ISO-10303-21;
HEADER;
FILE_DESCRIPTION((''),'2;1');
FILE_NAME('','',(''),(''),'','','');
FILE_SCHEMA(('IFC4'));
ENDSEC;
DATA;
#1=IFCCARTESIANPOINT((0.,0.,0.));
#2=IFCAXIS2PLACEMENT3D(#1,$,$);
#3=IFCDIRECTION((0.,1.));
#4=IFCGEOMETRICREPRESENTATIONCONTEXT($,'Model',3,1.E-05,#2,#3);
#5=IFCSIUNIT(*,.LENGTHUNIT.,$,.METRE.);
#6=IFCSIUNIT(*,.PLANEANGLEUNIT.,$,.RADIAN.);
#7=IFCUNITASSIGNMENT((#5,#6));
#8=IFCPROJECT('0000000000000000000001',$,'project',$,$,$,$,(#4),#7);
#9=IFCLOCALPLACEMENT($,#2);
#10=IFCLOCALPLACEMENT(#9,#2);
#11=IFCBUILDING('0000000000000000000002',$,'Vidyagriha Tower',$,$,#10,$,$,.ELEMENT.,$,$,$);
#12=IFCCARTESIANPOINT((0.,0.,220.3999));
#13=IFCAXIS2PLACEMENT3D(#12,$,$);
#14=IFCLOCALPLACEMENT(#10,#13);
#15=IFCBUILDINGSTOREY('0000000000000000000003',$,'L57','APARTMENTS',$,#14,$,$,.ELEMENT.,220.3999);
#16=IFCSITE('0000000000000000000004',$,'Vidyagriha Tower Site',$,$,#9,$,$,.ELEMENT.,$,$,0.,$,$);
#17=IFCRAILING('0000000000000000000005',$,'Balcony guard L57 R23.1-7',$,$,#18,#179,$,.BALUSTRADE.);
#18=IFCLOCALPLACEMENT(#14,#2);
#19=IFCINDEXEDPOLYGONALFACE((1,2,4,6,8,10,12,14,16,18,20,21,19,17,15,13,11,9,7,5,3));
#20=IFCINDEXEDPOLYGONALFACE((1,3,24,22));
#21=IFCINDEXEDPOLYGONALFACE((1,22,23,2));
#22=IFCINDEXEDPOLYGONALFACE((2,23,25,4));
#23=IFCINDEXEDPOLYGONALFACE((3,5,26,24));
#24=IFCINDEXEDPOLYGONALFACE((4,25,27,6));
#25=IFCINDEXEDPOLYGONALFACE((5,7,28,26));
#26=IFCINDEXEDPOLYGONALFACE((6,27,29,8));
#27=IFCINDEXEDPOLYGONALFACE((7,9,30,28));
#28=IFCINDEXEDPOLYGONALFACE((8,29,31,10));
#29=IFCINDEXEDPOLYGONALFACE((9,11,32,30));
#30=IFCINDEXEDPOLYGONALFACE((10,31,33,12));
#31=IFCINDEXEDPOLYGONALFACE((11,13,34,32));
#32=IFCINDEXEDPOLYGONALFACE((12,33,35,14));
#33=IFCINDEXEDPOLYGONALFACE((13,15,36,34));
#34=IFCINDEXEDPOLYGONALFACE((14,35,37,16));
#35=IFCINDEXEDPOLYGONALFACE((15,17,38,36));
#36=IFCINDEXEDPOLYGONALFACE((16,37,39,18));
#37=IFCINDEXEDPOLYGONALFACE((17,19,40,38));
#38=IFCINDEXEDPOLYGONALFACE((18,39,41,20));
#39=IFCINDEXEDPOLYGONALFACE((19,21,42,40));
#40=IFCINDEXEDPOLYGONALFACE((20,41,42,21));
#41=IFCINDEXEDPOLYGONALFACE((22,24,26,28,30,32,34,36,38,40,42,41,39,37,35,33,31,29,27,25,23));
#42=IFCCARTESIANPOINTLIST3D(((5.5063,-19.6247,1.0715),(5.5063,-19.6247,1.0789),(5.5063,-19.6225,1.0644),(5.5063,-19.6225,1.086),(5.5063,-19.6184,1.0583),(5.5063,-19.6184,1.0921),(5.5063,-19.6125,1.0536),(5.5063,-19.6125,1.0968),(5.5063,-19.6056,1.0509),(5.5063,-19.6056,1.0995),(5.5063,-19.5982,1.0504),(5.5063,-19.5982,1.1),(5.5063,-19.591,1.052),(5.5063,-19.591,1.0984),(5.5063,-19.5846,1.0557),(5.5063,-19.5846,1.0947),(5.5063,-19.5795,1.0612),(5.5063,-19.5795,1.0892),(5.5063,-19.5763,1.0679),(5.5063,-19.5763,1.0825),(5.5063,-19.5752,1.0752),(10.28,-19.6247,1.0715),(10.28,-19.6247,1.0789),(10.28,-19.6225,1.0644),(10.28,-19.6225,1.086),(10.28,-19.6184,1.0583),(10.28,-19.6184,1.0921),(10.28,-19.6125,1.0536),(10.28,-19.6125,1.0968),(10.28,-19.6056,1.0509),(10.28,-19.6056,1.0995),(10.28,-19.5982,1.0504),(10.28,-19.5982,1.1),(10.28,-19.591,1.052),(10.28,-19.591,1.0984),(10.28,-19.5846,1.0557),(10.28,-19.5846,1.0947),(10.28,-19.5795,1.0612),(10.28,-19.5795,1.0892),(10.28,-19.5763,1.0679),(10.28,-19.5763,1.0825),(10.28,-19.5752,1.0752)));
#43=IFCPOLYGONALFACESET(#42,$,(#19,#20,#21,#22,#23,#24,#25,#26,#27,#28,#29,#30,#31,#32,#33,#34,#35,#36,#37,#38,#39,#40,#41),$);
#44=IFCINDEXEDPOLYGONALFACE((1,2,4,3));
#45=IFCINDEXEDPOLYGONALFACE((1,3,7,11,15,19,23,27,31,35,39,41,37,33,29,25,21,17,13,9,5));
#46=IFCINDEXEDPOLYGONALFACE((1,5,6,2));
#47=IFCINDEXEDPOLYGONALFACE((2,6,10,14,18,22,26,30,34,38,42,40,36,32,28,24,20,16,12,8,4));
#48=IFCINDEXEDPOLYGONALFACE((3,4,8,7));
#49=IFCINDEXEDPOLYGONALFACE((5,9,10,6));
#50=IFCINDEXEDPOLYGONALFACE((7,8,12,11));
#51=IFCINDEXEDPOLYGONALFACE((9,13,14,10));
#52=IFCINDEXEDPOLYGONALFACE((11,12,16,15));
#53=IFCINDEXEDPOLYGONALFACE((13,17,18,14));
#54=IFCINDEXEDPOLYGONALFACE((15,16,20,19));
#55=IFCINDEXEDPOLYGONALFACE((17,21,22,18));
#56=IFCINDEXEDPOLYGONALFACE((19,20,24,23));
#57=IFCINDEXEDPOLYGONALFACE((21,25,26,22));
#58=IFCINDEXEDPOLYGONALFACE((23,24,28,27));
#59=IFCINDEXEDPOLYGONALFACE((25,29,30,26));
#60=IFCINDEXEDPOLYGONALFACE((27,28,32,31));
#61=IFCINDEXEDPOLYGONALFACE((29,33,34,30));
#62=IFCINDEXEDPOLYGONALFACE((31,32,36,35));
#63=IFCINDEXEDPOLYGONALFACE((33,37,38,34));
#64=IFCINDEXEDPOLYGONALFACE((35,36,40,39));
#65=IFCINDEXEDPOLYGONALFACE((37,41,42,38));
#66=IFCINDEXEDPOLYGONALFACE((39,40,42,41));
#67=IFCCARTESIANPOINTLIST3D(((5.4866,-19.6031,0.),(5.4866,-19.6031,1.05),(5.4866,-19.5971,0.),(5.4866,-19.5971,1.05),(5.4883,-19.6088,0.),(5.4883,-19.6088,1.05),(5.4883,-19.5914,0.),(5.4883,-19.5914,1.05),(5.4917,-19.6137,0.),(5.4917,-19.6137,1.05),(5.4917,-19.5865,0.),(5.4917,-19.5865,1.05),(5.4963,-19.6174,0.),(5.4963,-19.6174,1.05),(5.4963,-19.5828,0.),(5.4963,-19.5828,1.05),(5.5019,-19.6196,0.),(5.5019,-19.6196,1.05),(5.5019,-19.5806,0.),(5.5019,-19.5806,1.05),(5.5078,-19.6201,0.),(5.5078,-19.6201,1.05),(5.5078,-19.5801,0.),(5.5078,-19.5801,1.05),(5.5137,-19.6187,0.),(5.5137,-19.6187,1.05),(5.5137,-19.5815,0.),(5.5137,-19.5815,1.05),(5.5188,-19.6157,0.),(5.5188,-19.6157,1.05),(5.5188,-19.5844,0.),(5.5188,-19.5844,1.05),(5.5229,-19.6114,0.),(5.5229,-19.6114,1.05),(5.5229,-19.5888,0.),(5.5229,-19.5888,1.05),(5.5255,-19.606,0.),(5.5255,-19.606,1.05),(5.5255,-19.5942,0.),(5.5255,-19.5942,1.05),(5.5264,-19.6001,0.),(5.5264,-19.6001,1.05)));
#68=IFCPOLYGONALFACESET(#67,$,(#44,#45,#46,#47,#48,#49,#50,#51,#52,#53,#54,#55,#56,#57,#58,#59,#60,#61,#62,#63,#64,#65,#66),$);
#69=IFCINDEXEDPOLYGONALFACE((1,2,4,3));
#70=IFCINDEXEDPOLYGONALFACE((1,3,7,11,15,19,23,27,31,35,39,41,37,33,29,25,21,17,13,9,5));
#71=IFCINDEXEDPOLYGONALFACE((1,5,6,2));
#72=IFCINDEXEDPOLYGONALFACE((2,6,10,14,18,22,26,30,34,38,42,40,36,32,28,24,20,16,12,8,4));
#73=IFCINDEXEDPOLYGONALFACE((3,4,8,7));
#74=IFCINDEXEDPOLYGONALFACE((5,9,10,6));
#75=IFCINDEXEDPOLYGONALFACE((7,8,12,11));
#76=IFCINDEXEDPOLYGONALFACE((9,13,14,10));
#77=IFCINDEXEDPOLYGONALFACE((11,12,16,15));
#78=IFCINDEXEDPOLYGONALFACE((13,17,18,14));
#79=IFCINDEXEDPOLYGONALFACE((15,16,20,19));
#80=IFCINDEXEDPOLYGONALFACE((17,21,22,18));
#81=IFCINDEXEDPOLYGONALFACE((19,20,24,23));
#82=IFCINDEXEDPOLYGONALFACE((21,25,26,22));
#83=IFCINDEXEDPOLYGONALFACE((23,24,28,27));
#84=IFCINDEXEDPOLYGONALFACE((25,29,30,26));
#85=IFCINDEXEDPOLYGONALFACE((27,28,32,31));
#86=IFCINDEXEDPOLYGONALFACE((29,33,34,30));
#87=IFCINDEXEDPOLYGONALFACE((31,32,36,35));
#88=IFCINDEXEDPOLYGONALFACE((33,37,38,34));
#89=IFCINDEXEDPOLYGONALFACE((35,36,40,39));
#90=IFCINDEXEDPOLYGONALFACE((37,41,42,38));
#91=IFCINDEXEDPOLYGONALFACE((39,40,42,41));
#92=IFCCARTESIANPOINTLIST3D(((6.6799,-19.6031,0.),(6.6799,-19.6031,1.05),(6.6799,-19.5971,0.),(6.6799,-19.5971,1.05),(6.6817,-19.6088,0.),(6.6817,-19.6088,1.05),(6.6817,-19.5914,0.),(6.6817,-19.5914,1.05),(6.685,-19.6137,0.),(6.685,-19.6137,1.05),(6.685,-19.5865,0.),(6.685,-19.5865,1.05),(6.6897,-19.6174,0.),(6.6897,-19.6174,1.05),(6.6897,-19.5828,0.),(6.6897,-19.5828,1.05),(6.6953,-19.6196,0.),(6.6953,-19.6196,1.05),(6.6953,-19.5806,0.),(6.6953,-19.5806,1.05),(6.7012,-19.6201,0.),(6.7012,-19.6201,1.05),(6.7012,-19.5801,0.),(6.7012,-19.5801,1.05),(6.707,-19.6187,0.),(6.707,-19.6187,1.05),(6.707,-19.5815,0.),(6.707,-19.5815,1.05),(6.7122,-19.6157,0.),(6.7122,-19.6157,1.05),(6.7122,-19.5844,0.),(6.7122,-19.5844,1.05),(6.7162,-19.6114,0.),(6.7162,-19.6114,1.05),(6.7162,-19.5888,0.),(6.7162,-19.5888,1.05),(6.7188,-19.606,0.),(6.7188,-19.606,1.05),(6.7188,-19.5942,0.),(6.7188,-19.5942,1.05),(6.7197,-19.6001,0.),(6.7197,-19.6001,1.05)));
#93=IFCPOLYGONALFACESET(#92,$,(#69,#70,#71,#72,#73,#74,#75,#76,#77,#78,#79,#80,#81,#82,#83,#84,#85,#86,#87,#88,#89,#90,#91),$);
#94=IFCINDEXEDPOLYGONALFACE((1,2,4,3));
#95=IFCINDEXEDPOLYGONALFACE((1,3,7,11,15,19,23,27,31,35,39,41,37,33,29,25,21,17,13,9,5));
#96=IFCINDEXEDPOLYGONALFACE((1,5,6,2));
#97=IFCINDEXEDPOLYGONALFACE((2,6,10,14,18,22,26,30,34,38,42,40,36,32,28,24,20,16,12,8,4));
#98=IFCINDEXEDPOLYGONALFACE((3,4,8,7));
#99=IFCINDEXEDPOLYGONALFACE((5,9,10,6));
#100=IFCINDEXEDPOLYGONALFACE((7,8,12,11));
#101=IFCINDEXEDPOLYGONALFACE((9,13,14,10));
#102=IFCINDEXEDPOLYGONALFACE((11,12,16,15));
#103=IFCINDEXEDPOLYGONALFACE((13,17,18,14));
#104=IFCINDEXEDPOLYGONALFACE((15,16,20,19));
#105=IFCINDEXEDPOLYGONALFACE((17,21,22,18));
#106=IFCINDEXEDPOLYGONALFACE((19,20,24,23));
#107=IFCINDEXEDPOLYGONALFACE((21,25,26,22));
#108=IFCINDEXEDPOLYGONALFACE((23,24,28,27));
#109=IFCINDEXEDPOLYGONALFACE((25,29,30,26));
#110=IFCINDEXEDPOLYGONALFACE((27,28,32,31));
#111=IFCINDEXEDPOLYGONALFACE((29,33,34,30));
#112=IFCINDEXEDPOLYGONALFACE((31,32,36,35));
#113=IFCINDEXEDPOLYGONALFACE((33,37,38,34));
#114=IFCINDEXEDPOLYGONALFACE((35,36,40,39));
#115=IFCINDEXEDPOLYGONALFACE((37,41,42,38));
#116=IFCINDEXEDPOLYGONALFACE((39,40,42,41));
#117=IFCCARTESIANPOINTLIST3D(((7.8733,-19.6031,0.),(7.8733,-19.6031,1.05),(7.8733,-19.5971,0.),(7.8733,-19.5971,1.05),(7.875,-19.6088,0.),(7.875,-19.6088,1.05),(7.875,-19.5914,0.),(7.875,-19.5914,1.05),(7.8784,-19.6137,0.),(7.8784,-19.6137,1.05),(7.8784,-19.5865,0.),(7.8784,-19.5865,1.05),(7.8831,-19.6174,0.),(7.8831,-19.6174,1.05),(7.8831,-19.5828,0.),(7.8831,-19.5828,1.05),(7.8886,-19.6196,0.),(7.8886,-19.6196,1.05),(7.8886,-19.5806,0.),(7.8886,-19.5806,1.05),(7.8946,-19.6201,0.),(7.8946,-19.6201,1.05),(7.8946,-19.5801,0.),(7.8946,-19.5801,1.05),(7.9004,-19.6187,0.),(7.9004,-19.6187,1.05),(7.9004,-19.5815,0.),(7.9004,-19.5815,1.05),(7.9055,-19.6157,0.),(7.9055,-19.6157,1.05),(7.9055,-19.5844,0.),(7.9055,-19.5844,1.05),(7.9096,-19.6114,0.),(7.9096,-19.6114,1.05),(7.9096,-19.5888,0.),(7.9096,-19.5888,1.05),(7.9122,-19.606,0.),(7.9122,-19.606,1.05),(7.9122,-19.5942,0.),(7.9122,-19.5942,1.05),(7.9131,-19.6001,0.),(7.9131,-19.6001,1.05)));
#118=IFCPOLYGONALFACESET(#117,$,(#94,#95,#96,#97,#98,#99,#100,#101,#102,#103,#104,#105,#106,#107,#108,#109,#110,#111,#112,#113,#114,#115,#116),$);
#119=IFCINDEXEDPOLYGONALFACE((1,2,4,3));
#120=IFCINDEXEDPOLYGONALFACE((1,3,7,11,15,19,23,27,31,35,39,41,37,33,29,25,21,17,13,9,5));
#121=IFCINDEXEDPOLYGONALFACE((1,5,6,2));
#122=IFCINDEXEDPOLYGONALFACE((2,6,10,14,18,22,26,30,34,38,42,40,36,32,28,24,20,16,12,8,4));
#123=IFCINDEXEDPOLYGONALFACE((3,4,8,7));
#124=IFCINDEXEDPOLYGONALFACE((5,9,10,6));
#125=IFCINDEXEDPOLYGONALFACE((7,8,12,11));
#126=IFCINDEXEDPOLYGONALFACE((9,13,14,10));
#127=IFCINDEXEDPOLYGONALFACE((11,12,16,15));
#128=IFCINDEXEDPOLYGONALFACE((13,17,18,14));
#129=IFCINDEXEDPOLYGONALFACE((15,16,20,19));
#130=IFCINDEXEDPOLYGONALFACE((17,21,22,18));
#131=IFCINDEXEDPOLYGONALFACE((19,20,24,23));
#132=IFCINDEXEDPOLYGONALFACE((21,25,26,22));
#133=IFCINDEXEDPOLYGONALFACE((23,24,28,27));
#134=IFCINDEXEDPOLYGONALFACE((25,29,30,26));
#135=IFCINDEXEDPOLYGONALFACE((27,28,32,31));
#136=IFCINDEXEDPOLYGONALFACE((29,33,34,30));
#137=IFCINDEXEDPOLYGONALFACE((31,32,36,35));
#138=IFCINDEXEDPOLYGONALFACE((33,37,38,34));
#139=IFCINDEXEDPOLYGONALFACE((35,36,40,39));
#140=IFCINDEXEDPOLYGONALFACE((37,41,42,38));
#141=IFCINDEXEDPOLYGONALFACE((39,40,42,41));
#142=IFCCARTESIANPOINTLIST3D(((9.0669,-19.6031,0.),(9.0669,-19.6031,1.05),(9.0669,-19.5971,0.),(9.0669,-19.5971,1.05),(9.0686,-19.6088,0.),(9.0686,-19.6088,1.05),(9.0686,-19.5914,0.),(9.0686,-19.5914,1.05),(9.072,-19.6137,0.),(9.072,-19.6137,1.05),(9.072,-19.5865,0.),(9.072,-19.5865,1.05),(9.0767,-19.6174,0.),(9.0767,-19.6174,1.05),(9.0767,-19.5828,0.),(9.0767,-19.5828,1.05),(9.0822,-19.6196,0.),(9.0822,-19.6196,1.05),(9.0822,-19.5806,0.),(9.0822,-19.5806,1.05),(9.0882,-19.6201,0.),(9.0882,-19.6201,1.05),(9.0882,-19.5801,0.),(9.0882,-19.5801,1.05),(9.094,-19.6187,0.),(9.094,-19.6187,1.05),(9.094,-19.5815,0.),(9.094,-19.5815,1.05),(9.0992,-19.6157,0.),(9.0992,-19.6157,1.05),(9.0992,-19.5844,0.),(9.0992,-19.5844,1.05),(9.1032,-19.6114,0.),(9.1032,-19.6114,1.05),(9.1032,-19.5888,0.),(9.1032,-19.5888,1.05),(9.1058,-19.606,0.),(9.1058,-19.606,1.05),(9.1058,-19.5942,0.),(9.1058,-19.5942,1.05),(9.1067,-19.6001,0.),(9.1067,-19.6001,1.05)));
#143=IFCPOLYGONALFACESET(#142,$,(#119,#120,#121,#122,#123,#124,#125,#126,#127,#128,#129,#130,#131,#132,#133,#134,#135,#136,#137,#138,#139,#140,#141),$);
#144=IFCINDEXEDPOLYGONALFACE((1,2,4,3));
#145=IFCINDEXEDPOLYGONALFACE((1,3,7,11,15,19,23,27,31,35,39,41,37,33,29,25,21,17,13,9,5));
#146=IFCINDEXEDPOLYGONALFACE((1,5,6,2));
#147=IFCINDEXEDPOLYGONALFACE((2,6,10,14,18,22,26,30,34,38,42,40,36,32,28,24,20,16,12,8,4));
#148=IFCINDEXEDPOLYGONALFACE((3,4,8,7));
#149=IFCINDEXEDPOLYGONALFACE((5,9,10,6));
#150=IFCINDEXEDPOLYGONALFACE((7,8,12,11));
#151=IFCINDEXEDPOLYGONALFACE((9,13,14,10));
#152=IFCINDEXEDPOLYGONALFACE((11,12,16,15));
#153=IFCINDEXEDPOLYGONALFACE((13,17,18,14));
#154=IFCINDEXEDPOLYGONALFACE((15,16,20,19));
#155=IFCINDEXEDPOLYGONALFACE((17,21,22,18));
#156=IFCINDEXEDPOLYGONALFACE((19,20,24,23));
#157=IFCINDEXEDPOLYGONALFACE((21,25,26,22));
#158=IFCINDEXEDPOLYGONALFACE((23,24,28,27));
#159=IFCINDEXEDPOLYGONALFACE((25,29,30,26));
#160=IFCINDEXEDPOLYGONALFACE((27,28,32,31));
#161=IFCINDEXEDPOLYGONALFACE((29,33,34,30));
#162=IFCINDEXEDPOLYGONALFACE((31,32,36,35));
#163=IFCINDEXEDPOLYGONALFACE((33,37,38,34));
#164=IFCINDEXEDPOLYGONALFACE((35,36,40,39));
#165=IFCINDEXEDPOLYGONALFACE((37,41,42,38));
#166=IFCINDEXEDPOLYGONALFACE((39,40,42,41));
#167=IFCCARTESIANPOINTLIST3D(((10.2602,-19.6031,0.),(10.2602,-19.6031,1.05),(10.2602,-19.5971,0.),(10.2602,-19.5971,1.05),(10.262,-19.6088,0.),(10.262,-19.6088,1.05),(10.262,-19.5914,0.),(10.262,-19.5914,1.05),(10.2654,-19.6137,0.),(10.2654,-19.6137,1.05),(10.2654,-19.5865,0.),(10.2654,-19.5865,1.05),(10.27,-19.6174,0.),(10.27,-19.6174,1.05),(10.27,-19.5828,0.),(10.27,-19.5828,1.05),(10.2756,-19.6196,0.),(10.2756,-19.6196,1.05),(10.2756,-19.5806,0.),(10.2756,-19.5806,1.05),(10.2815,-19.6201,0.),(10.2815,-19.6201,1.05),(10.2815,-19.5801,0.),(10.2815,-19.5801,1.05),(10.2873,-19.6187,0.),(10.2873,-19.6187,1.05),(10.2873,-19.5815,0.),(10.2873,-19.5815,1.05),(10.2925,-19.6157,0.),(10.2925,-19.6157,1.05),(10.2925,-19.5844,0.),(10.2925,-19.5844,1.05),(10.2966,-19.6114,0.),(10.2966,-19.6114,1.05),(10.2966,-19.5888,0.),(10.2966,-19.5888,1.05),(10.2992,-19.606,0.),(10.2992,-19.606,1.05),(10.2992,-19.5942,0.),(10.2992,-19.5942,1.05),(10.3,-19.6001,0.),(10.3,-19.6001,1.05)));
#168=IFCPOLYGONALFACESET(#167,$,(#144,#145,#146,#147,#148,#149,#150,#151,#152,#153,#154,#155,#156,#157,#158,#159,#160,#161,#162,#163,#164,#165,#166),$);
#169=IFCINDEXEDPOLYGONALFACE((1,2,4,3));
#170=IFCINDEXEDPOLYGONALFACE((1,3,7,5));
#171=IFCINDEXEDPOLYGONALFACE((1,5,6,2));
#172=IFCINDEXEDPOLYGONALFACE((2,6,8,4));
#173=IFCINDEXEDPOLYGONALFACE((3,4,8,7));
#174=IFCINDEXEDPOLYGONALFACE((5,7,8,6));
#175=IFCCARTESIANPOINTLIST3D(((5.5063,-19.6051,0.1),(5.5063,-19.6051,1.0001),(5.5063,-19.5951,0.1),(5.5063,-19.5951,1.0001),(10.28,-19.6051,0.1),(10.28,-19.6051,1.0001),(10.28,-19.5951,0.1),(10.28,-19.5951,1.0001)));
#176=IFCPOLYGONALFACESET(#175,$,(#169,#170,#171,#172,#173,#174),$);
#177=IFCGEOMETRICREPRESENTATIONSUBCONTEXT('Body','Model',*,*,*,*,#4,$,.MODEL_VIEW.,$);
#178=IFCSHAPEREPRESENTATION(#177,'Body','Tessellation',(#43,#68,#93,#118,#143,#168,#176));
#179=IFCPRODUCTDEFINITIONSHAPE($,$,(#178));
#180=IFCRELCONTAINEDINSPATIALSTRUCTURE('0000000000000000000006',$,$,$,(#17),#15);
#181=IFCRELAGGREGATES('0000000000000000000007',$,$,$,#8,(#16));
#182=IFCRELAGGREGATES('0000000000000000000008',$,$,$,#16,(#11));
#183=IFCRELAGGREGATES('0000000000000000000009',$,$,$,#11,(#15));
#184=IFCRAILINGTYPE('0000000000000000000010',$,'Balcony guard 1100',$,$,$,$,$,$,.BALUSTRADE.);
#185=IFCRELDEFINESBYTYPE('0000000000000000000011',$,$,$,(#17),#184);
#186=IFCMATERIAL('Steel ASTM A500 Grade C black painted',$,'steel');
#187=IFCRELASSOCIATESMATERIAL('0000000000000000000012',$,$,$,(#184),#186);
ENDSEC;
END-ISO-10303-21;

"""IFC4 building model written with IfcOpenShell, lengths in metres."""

from ifc_helpers import new_model, si_unit, direction, frame, origin, origin_2d, place, context, subcontext, project, spatial, rectangle, circle, extrude, material, type_object, element, save


model = new_model("IFC4")

# Units and contexts
model_context = context("Model", 3, precision=1e-05, world=origin(), true_north=direction((0.0, 1.0)))
body_context = subcontext(model_context, "Body", "Model", "MODEL_VIEW")
ifc_project = project(units=[si_unit("LENGTHUNIT", "METRE"), si_unit("PLANEANGLEUNIT", "RADIAN")], contexts=[model_context])

# Site, building, storey
site_placement = place(None, origin())
site = spatial("IfcSite", under=ifc_project, at=site_placement, Name="Vidyagriha Tower Site", CompositionType="ELEMENT", RefElevation=0.0)
building_placement = place(site_placement, origin())
building = spatial("IfcBuilding", under=site, at=building_placement, Name="Vidyagriha Tower", CompositionType="ELEMENT")
storey_placement = place(building_placement, frame((0.0, 0.0, 220.3999)))
storey = spatial("IfcBuildingStorey", under=building, at=storey_placement, Name="L57", Description="APARTMENTS", CompositionType="ELEMENT", Elevation=220.3999)

# Railing
ifc_material_1 = material(Name="Steel ASTM A500 Grade C black painted", Category="steel")
railing_type = type_object("IfcRailingType", Name="Balcony guard 1100", PredefinedType="BALUSTRADE", material=ifc_material_1)
railing_1_placement = place(storey_placement, frame((5.5063, -19.6001, 0.0)))
element("IfcRailing", 1, at=railing_1_placement, inside=storey, type_object=railing_type, Name="Balcony guard L57 R23.1-7", PredefinedType="BALUSTRADE", context=body_context, shape_type="SweptSolid", body=[
    extrude(circle(Radius=0.0249, at=origin_2d()), frame((0.0, 0.0, 1.0752), z_axis=(1.0, 0.0, 0.0), x_axis=(0.0, 1.0, 0.0)), (0.0, 0.0, 1.0), 4.7737),
    extrude(circle(Radius=0.02, at=origin_2d()), origin(), (0.0, 0.0, 1.0), 1.05),
    extrude(circle(Radius=0.02, at=origin_2d()), frame((1.1934, 0.0, 0.0)), (0.0, 0.0, 1.0), 1.05),
    extrude(circle(Radius=0.02, at=origin_2d()), frame((2.3867, 0.0, 0.0)), (0.0, 0.0, 1.0), 1.05),
    extrude(circle(Radius=0.02, at=origin_2d()), frame((3.5803, 0.0, 0.0)), (0.0, 0.0, 1.0), 1.05),
    extrude(circle(Radius=0.02, at=origin_2d()), frame((4.7737, 0.0, 0.0)), (0.0, 0.0, 1.0), 1.05),
    extrude(rectangle(XDim=0.01, YDim=0.9001, at=origin_2d()), frame((0.0, 0.0, 0.55), z_axis=(1.0, 0.0, 0.0), x_axis=(0.0, 1.0, 0.0)), (0.0, 0.0, 1.0), 4.7737),
])

save(model, "model.ifc")
